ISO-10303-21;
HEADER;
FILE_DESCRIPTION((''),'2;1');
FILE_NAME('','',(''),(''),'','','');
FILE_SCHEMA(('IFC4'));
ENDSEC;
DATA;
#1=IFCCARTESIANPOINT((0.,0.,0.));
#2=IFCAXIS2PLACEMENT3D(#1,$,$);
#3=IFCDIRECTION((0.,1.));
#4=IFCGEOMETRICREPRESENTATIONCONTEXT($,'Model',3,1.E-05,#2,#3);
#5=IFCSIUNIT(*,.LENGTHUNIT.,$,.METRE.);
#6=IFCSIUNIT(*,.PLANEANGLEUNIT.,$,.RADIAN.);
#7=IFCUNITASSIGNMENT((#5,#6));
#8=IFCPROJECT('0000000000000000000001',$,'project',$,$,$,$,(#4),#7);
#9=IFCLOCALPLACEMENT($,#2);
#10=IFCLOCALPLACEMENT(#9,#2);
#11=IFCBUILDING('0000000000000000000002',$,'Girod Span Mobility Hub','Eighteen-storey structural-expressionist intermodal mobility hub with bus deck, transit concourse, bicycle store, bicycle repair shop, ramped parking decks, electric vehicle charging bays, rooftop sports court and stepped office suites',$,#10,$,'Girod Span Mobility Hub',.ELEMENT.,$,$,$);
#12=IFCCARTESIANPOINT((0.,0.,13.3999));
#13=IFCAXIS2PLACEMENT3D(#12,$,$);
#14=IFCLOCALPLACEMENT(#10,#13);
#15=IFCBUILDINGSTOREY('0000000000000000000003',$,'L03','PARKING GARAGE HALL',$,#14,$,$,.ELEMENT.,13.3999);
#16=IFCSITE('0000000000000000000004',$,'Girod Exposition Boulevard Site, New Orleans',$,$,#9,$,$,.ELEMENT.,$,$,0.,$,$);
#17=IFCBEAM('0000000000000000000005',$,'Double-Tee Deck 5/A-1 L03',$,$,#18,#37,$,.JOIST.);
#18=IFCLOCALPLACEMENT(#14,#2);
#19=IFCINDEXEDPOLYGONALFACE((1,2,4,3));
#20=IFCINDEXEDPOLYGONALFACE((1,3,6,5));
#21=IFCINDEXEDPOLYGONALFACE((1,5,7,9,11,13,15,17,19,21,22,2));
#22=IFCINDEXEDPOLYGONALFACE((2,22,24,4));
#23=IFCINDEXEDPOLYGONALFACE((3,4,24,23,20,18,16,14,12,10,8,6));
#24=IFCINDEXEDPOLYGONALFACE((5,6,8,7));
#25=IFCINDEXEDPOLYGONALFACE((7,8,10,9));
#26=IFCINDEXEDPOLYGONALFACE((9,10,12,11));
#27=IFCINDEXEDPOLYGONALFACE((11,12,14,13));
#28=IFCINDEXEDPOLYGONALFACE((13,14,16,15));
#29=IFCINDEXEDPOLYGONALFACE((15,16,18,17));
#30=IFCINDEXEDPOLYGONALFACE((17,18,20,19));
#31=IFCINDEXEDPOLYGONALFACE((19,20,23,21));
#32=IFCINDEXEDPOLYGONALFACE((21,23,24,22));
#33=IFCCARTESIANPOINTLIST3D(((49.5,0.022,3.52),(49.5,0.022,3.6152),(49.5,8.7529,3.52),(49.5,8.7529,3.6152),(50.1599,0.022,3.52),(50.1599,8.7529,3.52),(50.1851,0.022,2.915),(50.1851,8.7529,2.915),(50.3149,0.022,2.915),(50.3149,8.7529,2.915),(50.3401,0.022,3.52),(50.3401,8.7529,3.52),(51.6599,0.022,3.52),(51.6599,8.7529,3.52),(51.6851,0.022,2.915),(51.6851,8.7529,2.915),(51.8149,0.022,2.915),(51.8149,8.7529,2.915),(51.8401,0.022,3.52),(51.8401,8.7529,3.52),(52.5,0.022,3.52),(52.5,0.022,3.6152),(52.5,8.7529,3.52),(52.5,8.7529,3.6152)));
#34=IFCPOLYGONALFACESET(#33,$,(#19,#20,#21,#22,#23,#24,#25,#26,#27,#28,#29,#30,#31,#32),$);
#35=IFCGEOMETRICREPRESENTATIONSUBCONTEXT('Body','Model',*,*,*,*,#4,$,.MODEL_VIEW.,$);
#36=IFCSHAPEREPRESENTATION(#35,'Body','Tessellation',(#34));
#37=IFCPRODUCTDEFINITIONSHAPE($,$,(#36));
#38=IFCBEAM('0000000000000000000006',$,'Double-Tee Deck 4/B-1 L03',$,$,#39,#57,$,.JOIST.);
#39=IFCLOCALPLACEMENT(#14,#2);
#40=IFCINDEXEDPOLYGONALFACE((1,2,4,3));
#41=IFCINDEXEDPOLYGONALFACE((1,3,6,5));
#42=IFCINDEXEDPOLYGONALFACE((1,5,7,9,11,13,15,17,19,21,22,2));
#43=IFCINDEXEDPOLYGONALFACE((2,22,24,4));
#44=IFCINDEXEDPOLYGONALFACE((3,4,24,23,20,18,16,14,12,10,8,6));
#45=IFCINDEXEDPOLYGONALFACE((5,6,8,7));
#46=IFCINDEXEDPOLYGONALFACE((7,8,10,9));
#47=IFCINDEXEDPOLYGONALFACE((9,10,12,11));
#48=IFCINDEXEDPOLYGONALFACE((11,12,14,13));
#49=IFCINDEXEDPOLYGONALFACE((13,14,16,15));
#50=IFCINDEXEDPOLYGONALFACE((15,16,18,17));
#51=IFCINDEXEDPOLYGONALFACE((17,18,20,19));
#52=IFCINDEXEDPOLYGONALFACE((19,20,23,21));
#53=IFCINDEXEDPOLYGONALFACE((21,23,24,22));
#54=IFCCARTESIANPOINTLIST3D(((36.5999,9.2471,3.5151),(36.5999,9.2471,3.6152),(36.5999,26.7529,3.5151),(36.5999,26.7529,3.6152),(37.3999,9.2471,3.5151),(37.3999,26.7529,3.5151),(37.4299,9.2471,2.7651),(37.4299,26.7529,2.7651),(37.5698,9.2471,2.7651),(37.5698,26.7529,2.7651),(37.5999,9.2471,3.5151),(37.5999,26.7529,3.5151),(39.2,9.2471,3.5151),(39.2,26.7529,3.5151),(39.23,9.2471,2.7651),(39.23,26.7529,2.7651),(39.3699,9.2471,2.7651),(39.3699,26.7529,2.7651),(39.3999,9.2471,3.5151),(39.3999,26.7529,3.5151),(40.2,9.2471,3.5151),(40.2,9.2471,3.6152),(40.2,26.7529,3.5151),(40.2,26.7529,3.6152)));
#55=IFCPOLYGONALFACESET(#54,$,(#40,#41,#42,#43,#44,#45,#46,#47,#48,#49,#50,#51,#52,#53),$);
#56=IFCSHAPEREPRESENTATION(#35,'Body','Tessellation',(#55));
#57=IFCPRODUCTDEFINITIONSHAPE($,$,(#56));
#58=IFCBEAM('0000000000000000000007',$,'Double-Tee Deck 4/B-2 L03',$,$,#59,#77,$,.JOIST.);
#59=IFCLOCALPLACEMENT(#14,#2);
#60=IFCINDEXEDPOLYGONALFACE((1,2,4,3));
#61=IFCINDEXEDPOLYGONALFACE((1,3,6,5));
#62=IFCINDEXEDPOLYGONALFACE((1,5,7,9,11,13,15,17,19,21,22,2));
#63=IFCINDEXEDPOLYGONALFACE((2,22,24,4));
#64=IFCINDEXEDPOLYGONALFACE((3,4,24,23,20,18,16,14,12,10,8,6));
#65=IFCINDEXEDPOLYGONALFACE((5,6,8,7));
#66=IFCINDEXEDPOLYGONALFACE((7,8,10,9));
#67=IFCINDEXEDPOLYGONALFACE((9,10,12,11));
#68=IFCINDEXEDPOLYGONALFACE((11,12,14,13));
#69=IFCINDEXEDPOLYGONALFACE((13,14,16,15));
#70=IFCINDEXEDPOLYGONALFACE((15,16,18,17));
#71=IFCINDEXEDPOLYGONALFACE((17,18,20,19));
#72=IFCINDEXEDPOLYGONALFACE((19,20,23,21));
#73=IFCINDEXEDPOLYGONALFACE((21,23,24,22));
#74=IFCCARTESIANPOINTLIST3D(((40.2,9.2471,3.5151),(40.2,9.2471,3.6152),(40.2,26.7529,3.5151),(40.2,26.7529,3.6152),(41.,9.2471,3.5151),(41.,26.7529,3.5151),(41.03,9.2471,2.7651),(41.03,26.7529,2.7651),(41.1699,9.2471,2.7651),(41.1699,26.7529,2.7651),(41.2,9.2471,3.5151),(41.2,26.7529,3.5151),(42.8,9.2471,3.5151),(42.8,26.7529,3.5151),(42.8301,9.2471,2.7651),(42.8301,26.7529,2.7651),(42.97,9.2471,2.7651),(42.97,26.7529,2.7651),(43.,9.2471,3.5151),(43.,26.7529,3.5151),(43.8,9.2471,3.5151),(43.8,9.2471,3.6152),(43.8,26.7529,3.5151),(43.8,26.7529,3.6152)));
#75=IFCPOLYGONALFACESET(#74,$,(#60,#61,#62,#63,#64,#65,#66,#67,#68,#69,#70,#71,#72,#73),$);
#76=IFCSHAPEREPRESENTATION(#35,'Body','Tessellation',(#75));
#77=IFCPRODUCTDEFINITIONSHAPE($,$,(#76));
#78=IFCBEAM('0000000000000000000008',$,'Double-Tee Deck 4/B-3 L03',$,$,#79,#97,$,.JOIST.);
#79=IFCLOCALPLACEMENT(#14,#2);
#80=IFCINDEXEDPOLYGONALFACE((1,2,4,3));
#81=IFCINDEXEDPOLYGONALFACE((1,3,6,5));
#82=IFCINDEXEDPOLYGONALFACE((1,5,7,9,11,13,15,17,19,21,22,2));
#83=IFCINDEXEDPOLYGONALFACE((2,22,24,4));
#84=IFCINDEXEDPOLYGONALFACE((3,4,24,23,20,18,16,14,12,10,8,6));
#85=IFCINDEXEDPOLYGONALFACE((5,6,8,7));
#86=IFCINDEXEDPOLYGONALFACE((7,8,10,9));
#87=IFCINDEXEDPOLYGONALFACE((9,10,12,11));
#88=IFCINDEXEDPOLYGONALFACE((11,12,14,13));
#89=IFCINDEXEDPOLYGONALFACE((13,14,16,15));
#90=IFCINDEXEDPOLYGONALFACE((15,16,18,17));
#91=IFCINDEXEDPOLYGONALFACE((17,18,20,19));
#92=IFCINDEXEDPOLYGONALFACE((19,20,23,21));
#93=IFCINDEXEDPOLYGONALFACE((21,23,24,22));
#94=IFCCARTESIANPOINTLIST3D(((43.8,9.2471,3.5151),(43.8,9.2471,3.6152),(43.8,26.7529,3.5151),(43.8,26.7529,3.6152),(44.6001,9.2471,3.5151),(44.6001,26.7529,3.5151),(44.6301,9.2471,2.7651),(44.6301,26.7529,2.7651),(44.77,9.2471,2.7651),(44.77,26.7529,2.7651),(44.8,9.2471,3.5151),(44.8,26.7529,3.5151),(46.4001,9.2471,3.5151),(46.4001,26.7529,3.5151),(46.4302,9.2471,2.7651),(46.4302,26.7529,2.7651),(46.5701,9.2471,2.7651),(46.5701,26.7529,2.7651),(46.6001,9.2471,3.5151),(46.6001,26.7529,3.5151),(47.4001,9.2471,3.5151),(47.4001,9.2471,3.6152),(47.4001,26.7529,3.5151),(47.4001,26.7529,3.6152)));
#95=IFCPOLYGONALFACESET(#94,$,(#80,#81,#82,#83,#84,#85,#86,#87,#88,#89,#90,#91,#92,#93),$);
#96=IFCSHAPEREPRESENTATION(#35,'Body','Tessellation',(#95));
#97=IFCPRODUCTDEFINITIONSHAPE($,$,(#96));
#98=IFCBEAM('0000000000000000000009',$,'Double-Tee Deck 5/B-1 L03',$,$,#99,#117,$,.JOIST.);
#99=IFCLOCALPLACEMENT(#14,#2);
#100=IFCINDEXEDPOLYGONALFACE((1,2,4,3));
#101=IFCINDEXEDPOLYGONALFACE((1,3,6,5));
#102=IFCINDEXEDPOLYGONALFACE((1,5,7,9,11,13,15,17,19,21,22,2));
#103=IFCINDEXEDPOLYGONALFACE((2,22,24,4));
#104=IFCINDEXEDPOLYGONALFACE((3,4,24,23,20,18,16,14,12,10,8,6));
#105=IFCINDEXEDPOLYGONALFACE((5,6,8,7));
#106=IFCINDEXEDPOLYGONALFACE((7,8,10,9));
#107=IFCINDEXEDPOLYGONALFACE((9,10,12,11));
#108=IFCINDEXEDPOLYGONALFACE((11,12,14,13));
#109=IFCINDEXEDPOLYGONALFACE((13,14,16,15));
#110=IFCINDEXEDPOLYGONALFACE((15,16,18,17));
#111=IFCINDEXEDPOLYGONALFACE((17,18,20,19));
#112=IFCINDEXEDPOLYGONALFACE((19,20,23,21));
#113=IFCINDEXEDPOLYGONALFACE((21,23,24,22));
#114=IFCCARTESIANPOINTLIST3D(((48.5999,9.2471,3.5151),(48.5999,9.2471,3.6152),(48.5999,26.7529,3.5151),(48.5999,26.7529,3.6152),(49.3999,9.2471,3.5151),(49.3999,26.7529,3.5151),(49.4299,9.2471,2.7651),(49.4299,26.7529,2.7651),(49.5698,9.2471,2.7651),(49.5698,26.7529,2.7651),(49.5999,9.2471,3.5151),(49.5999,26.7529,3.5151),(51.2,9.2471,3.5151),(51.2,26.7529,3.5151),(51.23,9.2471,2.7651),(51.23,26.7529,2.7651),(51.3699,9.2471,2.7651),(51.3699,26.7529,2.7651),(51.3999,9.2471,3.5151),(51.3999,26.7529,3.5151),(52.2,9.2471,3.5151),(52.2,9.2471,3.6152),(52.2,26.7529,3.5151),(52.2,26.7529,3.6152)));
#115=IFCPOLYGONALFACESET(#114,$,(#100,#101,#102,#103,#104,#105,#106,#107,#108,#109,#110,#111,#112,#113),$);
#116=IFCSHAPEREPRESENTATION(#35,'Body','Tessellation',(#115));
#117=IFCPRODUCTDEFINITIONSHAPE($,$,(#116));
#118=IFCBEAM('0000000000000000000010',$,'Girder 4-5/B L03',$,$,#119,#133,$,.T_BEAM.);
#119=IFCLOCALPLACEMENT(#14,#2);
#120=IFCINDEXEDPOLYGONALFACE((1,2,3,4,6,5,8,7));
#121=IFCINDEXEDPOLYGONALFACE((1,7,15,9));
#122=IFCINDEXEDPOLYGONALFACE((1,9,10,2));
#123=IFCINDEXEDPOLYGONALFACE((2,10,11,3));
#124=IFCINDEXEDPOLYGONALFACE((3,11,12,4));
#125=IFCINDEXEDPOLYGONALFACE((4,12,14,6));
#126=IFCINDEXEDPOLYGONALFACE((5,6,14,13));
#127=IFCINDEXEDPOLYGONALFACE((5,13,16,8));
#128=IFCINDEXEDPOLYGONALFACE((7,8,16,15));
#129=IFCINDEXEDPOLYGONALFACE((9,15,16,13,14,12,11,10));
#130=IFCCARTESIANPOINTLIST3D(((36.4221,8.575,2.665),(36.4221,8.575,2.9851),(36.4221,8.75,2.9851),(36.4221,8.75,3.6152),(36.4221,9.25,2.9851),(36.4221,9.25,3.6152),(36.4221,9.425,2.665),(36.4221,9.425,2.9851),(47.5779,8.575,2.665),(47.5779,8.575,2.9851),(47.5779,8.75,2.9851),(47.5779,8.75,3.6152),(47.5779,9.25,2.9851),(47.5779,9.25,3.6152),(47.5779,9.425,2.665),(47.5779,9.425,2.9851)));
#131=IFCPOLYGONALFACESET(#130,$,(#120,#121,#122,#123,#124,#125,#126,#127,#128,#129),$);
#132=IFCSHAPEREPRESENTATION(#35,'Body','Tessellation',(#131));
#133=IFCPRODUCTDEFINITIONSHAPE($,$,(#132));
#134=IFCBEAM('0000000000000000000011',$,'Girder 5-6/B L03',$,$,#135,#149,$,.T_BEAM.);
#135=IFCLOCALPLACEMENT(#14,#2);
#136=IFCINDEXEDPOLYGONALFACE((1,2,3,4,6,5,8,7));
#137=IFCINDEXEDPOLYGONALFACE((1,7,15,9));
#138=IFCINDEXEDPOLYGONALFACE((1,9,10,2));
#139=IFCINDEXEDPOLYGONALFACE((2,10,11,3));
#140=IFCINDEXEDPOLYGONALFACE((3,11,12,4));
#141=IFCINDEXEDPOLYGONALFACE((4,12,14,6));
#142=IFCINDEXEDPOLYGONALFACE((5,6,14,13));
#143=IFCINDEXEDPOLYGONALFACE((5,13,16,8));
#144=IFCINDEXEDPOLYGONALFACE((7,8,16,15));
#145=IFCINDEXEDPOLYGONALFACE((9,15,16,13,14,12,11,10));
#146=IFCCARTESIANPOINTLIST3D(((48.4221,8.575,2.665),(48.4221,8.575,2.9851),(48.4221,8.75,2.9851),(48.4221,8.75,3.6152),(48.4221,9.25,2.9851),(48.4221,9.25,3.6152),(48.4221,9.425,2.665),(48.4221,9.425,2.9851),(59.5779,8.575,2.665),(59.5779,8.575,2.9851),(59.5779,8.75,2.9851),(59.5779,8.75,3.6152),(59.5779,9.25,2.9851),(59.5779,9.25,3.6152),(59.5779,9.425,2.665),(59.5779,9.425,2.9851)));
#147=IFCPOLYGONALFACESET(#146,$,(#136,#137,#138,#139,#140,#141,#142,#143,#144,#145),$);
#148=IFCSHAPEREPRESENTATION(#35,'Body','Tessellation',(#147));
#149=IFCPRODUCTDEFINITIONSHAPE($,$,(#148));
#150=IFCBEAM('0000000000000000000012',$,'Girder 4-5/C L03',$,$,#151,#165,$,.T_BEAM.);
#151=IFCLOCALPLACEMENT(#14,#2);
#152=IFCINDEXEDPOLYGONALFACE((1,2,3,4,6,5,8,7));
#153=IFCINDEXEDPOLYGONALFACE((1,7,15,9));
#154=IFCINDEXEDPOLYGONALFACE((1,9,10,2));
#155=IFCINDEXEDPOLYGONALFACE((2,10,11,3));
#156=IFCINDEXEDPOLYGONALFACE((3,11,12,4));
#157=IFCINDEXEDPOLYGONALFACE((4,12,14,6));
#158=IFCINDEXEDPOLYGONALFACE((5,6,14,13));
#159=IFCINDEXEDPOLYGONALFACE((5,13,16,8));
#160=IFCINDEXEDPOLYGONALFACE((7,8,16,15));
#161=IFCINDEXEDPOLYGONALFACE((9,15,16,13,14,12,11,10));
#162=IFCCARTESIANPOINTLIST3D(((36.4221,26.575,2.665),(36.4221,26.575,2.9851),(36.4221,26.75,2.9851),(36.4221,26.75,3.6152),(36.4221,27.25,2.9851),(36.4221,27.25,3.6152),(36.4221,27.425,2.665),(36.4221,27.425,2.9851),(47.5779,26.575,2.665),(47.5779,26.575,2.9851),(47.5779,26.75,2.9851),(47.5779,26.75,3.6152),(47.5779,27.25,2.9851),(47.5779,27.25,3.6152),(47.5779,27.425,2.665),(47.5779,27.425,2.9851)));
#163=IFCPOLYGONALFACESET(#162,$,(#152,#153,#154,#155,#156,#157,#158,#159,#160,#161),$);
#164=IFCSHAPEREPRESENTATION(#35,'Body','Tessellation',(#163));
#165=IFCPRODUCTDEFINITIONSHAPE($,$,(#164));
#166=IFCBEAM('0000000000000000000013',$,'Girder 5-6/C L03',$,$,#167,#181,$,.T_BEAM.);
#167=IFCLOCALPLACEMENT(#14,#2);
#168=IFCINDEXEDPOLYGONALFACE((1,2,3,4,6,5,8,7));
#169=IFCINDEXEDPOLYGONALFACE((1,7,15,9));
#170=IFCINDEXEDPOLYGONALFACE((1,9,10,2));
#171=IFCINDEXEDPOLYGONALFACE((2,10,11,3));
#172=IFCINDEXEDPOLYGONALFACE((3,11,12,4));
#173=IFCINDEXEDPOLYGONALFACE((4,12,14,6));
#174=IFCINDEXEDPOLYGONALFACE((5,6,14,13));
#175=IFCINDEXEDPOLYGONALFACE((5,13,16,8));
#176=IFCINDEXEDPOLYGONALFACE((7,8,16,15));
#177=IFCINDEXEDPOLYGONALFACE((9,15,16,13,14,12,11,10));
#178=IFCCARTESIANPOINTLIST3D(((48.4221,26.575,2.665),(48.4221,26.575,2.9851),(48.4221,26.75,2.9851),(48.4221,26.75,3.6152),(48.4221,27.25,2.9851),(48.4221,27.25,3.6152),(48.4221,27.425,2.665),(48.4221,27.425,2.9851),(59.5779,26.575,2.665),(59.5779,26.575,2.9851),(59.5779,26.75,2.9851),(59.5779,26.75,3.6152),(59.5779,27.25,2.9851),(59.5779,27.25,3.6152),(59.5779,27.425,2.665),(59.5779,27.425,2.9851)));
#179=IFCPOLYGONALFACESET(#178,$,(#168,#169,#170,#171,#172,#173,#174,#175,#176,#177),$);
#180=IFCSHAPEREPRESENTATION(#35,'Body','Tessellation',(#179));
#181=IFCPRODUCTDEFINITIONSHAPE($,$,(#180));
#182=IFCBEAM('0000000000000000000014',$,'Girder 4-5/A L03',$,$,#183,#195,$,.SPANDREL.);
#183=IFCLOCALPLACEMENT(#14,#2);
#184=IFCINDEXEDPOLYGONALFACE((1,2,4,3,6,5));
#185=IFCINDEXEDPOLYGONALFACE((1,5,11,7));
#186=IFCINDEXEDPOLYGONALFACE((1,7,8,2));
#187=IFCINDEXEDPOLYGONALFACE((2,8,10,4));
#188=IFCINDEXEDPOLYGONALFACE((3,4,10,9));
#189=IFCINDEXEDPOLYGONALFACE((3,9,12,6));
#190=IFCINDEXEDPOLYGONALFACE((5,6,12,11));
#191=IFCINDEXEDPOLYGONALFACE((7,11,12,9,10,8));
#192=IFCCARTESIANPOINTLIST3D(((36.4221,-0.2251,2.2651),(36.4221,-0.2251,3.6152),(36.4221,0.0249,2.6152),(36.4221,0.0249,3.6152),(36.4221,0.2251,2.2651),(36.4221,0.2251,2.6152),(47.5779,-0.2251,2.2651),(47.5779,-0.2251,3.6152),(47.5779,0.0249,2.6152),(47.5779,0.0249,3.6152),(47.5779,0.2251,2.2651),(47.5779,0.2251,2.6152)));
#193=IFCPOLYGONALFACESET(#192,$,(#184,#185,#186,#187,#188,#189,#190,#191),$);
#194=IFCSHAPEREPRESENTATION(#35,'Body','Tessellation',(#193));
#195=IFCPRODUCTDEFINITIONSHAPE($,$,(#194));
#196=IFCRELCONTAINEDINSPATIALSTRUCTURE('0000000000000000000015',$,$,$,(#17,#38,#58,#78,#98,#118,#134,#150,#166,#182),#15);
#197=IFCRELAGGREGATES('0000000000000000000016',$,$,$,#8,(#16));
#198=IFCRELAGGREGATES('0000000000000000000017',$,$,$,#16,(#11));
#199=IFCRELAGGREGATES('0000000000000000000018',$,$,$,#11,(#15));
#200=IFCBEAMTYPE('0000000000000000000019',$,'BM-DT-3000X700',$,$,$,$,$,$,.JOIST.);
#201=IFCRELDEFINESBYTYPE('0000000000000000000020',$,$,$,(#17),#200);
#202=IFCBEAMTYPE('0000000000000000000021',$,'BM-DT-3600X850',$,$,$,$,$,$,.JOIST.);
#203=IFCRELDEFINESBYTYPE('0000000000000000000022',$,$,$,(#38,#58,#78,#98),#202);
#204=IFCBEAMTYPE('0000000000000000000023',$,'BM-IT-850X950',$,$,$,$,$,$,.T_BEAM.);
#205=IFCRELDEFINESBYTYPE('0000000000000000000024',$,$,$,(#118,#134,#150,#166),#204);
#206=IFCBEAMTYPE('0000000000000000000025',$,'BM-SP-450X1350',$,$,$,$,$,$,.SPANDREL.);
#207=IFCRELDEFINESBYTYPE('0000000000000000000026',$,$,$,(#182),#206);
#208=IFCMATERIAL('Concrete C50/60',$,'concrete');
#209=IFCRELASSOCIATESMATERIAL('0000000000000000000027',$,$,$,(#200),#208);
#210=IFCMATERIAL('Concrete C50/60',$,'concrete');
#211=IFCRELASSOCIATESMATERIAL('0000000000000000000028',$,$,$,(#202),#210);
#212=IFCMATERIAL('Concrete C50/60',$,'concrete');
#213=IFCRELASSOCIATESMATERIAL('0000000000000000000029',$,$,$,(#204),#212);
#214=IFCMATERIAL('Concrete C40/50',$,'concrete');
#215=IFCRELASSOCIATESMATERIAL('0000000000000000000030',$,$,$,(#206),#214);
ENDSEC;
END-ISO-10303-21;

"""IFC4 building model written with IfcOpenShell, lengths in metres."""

from ifc_helpers import new_model, si_unit, direction, frame, origin, place, context, subcontext, project, spatial, polyline, outline, extrude, material, material_profile, profile_set, type_object, element, save


model = new_model("IFC4")

# Units and contexts
model_context = context("Model", 3, precision=1e-05, world=origin(), true_north=direction((0.0, 1.0)))
body_context = subcontext(model_context, "Body", "Model", "MODEL_VIEW")
ifc_project = project(units=[si_unit("LENGTHUNIT", "METRE"), si_unit("PLANEANGLEUNIT", "RADIAN")], contexts=[model_context])

# Site, building, storey
site_placement = place(None, origin())
site = spatial("IfcSite", under=ifc_project, at=site_placement, Name="Girod Exposition Boulevard Site, New Orleans", CompositionType="ELEMENT", RefElevation=0.0)
building_placement = place(site_placement, origin())
building = spatial("IfcBuilding", under=site, at=building_placement, Name="Girod Span Mobility Hub", Description="Eighteen-storey structural-expressionist intermodal mobility hub with bus deck, transit concourse, bicycle store, bicycle repair shop, ramped parking decks, electric vehicle charging bays, rooftop sports court and stepped office suites", LongName="Girod Span Mobility Hub", CompositionType="ELEMENT")
storey_placement = place(building_placement, frame((0.0, 0.0, 13.3999)))
storey = spatial("IfcBuildingStorey", under=building, at=storey_placement, Name="L03", Description="PARKING GARAGE HALL", CompositionType="ELEMENT", Elevation=13.3999)

# Beams
ifc_material_1 = material(Name="Concrete C50/60", Category="concrete")
ifc_material_profile_1 = material_profile(ifc_material_1, outline(polyline([(-1.5, 0.3501), (-1.5, 0.2549), (-0.8401, 0.2549), (-0.8149, -0.3501), (-0.6851, -0.3501), (-0.6599, 0.2549), (0.6599, 0.2549), (0.6851, -0.3501), (0.8149, -0.3501), (0.8401, 0.2549), (1.5, 0.2549), (1.5, 0.3501), (-1.5, 0.3501)])), Name="DT-3000X700")
ifc_profile_set_1 = profile_set([ifc_material_profile_1], Name="Concrete C50/60")
beam_type_1 = type_object("IfcBeamType", Name="BM-DT-3000X700", PredefinedType="JOIST", material=ifc_profile_set_1)
for number, where, z_axis, x_axis, name in (
    (1, (51.0, 0.022, 3.2651), (0.0, 1.0, 0.0), (-1.0, 0.0, 0.0), "Double-Tee Deck 5/A-1 L03"),
):
    element("IfcBeam", number, at=place(storey_placement, frame(where, z_axis=z_axis, x_axis=x_axis)), inside=storey, type_object=beam_type_1, Name=name, PredefinedType="JOIST", context=body_context, shape_type="SweptSolid", body=[
        extrude(outline(polyline([(-1.5, 0.3501), (-1.5, 0.2549), (-0.8401, 0.2549), (-0.8149, -0.3501), (-0.6851, -0.3501), (-0.6599, 0.2549), (0.6599, 0.2549), (0.6851, -0.3501), (0.8149, -0.3501), (0.8401, 0.2549), (1.5, 0.2549), (1.5, 0.3501), (-1.5, 0.3501)])), origin(), (0.0, 0.0, 1.0), 8.731),
    ])
ifc_material_2 = material(Name="Concrete C50/60", Category="concrete")
ifc_material_profile_2 = material_profile(ifc_material_2, outline(polyline([(-1.8, 0.425), (-1.8, 0.325), (-1.0, 0.325), (-0.97, -0.425), (-0.8301, -0.425), (-0.8, 0.325), (0.8, 0.325), (0.8301, -0.425), (0.97, -0.425), (1.0, 0.325), (1.8, 0.325), (1.8, 0.425), (-1.8, 0.425)])), Name="DT-3600X850")
ifc_profile_set_2 = profile_set([ifc_material_profile_2], Name="Concrete C50/60")
beam_type_2 = type_object("IfcBeamType", Name="BM-DT-3600X850", PredefinedType="JOIST", material=ifc_profile_set_2)
for number, where, z_axis, x_axis, name in (
    (2, (38.3999, 9.2471, 3.1902), (0.0, 1.0, 0.0), (-1.0, 0.0, 0.0), "Double-Tee Deck 4/B-1 L03"),
    (3, (42.0, 9.2471, 3.1902), (0.0, 1.0, 0.0), (-1.0, 0.0, 0.0), "Double-Tee Deck 4/B-2 L03"),
    (4, (45.6001, 9.2471, 3.1902), (0.0, 1.0, 0.0), (-1.0, 0.0, 0.0), "Double-Tee Deck 4/B-3 L03"),
    (5, (50.3999, 9.2471, 3.1902), (0.0, 1.0, 0.0), (-1.0, 0.0, 0.0), "Double-Tee Deck 5/B-1 L03"),
):
    element("IfcBeam", number, at=place(storey_placement, frame(where, z_axis=z_axis, x_axis=x_axis)), inside=storey, type_object=beam_type_2, Name=name, PredefinedType="JOIST", context=body_context, shape_type="SweptSolid", body=[
        extrude(outline(polyline([(-1.8, 0.425), (-1.8, 0.325), (-1.0, 0.325), (-0.97, -0.425), (-0.8301, -0.425), (-0.8, 0.325), (0.8, 0.325), (0.8301, -0.425), (0.97, -0.425), (1.0, 0.325), (1.8, 0.325), (1.8, 0.425), (-1.8, 0.425)])), origin(), (0.0, 0.0, 1.0), 17.5059),
    ])
ifc_material_3 = material(Name="Concrete C50/60", Category="concrete")
ifc_material_profile_3 = material_profile(ifc_material_3, outline(polyline([(-0.425, -0.4751), (0.425, -0.4751), (0.425, -0.155), (0.25, -0.155), (0.25, 0.4751), (-0.25, 0.4751), (-0.25, -0.155), (-0.425, -0.155), (-0.425, -0.4751)])), Name="IT-850X950")
ifc_profile_set_3 = profile_set([ifc_material_profile_3], Name="Concrete C50/60")
beam_type_3 = type_object("IfcBeamType", Name="BM-IT-850X950", PredefinedType="T_BEAM", material=ifc_profile_set_3)
for number, where, z_axis, x_axis, name in (
    (6, (36.4221, 9.0, 3.1401), (1.0, 0.0, 0.0), (0.0, 1.0, 0.0), "Girder 4-5/B L03"),
    (7, (48.4221, 9.0, 3.1401), (1.0, 0.0, 0.0), (0.0, 1.0, 0.0), "Girder 5-6/B L03"),
    (8, (36.4221, 27.0, 3.1401), (1.0, 0.0, 0.0), (0.0, 1.0, 0.0), "Girder 4-5/C L03"),
    (9, (48.4221, 27.0, 3.1401), (1.0, 0.0, 0.0), (0.0, 1.0, 0.0), "Girder 5-6/C L03"),
):
    element("IfcBeam", number, at=place(storey_placement, frame(where, z_axis=z_axis, x_axis=x_axis)), inside=storey, type_object=beam_type_3, Name=name, PredefinedType="T_BEAM", context=body_context, shape_type="SweptSolid", body=[
        extrude(outline(polyline([(-0.425, -0.4751), (0.425, -0.4751), (0.425, -0.155), (0.25, -0.155), (0.25, 0.4751), (-0.25, 0.4751), (-0.25, -0.155), (-0.425, -0.155), (-0.425, -0.4751)])), origin(), (0.0, 0.0, 1.0), 11.1558),
    ])
ifc_material_4 = material(Name="Concrete C40/50", Category="concrete")
ifc_material_profile_4 = material_profile(ifc_material_4, outline(polyline([(-0.2251, -0.675), (0.2251, -0.675), (0.2251, -0.325), (0.0249, -0.325), (0.0249, 0.675), (-0.2251, 0.675), (-0.2251, -0.675)])), Name="SP-450X1350")
ifc_profile_set_4 = profile_set([ifc_material_profile_4], Name="Concrete C40/50")
beam_type_4 = type_object("IfcBeamType", Name="BM-SP-450X1350", PredefinedType="SPANDREL", material=ifc_profile_set_4)
for number, where, z_axis, x_axis, name in (
    (10, (36.4221, 0.0, 2.9402), (1.0, 0.0, 0.0), (0.0, 1.0, 0.0), "Girder 4-5/A L03"),
):
    element("IfcBeam", number, at=place(storey_placement, frame(where, z_axis=z_axis, x_axis=x_axis)), inside=storey, type_object=beam_type_4, Name=name, PredefinedType="SPANDREL", context=body_context, shape_type="SweptSolid", body=[
        extrude(outline(polyline([(-0.2251, -0.675), (0.2251, -0.675), (0.2251, -0.325), (0.0249, -0.325), (0.0249, 0.675), (-0.2251, 0.675), (-0.2251, -0.675)])), origin(), (0.0, 0.0, 1.0), 11.1558),
    ])

save(model, "model.ifc")
